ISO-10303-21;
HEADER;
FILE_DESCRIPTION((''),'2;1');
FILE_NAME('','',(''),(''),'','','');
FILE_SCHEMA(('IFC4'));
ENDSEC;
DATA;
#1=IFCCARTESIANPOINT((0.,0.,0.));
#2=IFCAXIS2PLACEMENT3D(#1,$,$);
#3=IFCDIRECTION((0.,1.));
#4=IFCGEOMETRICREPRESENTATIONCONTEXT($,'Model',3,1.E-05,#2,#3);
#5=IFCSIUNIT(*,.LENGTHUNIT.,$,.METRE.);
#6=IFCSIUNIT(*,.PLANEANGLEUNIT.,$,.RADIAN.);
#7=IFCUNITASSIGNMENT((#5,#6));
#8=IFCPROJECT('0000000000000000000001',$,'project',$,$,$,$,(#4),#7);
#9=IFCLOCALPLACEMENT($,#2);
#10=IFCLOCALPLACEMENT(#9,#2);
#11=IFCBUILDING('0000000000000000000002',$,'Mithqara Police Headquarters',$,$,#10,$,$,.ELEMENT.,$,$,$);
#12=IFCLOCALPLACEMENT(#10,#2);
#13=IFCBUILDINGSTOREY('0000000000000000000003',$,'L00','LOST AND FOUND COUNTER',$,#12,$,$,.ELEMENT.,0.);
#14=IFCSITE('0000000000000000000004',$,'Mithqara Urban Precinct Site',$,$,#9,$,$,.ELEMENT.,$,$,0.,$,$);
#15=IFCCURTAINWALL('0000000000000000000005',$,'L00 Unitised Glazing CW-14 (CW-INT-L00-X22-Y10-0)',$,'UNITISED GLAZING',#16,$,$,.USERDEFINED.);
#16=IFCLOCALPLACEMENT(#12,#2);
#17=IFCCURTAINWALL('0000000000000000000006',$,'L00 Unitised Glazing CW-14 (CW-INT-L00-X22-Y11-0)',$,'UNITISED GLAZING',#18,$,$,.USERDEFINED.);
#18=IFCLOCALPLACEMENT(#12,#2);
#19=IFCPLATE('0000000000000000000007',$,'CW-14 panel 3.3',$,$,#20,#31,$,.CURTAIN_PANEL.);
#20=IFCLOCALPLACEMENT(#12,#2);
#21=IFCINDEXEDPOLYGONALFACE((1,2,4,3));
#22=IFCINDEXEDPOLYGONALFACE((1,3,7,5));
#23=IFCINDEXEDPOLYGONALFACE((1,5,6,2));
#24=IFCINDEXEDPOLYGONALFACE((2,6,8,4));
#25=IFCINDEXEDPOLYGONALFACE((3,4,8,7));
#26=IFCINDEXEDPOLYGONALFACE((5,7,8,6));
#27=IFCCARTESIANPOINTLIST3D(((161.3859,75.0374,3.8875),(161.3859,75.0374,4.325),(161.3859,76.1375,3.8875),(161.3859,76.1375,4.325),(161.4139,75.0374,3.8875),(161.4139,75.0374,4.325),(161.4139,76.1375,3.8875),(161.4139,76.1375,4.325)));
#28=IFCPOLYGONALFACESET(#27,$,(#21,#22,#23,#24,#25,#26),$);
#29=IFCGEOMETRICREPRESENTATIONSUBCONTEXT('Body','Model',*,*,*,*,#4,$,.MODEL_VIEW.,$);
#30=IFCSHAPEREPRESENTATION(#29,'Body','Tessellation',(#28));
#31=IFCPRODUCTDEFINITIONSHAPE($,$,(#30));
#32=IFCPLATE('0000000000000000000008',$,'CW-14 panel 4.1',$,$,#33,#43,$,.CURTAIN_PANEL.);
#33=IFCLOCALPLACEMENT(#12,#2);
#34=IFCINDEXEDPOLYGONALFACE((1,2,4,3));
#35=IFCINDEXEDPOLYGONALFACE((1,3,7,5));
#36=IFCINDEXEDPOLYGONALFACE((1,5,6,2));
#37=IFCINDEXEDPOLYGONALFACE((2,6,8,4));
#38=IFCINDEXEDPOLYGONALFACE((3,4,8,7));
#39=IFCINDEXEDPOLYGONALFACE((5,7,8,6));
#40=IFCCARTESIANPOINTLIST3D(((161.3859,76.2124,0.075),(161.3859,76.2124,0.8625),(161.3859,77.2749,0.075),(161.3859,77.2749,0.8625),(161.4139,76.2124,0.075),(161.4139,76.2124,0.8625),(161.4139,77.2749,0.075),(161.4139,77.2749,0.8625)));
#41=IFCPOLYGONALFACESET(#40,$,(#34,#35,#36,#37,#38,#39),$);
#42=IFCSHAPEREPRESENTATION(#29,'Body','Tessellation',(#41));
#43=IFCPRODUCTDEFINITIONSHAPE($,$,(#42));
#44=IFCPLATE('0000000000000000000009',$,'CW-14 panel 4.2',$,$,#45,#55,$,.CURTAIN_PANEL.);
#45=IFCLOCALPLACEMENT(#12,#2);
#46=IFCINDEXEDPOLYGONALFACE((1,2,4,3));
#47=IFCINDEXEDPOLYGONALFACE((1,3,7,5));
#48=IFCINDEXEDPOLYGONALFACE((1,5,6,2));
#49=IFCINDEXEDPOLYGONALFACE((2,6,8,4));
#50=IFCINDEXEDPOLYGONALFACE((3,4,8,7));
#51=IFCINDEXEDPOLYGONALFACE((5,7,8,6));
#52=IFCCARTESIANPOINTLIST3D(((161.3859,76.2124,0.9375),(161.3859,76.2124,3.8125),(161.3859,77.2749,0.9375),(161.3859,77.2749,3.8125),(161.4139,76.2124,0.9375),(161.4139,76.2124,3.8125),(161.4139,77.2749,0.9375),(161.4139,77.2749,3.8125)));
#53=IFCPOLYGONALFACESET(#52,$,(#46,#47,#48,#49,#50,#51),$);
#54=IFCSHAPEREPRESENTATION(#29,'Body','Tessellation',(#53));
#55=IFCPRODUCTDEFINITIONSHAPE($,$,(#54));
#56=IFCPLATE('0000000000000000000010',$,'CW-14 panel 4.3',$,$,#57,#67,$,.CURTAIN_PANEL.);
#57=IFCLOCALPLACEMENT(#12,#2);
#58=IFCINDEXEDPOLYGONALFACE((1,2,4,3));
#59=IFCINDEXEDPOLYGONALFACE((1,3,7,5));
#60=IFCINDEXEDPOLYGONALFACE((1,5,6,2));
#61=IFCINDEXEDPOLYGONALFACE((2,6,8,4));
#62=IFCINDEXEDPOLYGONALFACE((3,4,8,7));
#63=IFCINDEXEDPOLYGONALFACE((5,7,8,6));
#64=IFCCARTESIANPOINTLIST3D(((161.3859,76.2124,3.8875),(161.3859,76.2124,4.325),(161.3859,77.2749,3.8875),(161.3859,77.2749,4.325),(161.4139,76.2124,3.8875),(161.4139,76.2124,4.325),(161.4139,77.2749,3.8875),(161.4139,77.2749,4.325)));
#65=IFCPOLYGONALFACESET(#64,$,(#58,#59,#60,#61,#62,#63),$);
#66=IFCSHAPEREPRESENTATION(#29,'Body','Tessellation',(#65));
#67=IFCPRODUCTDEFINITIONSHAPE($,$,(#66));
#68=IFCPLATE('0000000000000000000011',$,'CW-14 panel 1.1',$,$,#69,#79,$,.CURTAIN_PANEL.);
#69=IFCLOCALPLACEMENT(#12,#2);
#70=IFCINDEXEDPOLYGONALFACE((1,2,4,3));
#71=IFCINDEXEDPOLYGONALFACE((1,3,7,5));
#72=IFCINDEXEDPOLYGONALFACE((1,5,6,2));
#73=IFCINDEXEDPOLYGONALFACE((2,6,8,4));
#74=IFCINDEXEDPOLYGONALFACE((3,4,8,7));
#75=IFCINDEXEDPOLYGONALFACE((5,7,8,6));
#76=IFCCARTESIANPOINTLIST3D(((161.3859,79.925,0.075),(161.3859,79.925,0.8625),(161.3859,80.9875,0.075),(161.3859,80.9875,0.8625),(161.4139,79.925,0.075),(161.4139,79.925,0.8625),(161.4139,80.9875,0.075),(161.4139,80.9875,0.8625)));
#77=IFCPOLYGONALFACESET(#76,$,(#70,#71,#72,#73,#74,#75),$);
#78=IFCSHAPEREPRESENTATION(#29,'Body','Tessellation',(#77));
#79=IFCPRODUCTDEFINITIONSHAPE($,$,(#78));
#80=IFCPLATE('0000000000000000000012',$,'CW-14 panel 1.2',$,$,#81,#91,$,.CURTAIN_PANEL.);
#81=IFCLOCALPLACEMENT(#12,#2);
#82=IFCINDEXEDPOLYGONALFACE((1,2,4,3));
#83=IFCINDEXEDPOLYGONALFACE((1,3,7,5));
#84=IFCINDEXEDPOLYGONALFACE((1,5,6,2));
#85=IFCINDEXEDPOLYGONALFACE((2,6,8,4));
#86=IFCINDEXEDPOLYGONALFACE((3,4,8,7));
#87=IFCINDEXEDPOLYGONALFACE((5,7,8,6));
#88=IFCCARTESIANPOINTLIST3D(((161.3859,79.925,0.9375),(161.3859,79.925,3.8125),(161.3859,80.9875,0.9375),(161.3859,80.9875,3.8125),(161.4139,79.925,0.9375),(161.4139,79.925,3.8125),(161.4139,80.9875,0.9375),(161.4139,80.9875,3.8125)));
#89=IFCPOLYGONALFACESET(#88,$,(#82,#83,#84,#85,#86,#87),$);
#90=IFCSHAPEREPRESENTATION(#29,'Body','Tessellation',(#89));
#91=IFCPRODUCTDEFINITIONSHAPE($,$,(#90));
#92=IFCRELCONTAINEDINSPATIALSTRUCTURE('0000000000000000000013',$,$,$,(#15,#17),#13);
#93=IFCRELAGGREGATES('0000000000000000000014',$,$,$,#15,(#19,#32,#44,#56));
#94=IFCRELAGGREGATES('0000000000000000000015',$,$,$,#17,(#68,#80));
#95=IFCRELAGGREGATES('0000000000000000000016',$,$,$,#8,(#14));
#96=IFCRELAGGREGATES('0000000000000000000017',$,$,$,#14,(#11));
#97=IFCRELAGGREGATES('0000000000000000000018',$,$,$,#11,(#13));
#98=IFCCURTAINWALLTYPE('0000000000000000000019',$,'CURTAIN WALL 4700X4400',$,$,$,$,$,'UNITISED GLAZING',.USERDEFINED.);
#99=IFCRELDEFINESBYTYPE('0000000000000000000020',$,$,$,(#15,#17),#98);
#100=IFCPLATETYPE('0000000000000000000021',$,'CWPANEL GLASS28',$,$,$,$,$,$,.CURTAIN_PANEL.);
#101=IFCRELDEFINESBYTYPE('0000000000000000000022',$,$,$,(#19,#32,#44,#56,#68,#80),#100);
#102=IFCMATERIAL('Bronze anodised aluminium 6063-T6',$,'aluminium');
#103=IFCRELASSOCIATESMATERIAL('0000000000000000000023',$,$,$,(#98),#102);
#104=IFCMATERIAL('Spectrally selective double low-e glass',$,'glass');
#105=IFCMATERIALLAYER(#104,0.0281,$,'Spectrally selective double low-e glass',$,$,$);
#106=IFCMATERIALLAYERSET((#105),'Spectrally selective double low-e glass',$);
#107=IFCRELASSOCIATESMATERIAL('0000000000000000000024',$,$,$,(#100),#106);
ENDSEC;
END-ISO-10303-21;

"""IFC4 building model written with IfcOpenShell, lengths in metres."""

from ifc_helpers import new_model, si_unit, direction, frame, origin, origin_2d, place, context, subcontext, project, spatial, rectangle, extrude, material, layer, layer_set, type_object, element, aggregate, save


model = new_model("IFC4")

# Units and contexts
model_context = context("Model", 3, precision=1e-05, world=origin(), true_north=direction((0.0, 1.0)))
body_context = subcontext(model_context, "Body", "Model", "MODEL_VIEW")
ifc_project = project(units=[si_unit("LENGTHUNIT", "METRE"), si_unit("PLANEANGLEUNIT", "RADIAN")], contexts=[model_context])

# Site, building, storey
site_placement = place(None, origin())
site = spatial("IfcSite", under=ifc_project, at=site_placement, Name="Mithqara Urban Precinct Site", CompositionType="ELEMENT", RefElevation=0.0)
building_placement = place(site_placement, origin())
building = spatial("IfcBuilding", under=site, at=building_placement, Name="Mithqara Police Headquarters", CompositionType="ELEMENT")
storey_placement = place(building_placement, origin())
storey = spatial("IfcBuildingStorey", under=building, at=storey_placement, Name="L00", Description="LOST AND FOUND COUNTER", CompositionType="ELEMENT", Elevation=0.0)

# Curtain wall
ifc_material_1 = material(Name="Bronze anodised aluminium 6063-T6", Category="aluminium")
curtain_wall_type = type_object("IfcCurtainWallType", Name="CURTAIN WALL 4700X4400", ElementType="UNITISED GLAZING", PredefinedType="USERDEFINED", material=ifc_material_1)
curtain_wall_1_placement = place(storey_placement, origin())
curtain_wall_1 = element("IfcCurtainWall", 1, at=curtain_wall_1_placement, inside=storey, type_object=curtain_wall_type, Name="L00 Unitised Glazing CW-14 (CW-INT-L00-X22-Y10-0)", ObjectType="UNITISED GLAZING", PredefinedType="USERDEFINED")

# Curtain wall
curtain_wall_2_placement = place(storey_placement, origin())
curtain_wall_2 = element("IfcCurtainWall", 2, at=curtain_wall_2_placement, inside=storey, type_object=curtain_wall_type, Name="L00 Unitised Glazing CW-14 (CW-INT-L00-X22-Y11-0)", ObjectType="UNITISED GLAZING", PredefinedType="USERDEFINED")

# Plates
ifc_material_2 = material(Name="Spectrally selective double low-e glass", Category="glass")
ifc_layer = layer(ifc_material_2, 0.0281, Name="Spectrally selective double low-e glass")
ifc_layer_set = layer_set([ifc_layer], Name="Spectrally selective double low-e glass")
plate_type = type_object("IfcPlateType", Name="CWPANEL GLASS28", PredefinedType="CURTAIN_PANEL", material=ifc_layer_set)
plate_1_placement = place(storey_placement, frame((161.3999, 75.5874, 3.8875), z_axis=(0.0, 0.0, 1.0), x_axis=(0.0, 1.0, 0.0)))
plate_1 = element("IfcPlate", 3, at=plate_1_placement, type_object=plate_type, Name="CW-14 panel 3.3", PredefinedType="CURTAIN_PANEL", context=body_context, shape_type="SweptSolid", body=[
    extrude(rectangle(XDim=1.1001, YDim=0.0281, at=origin_2d()), origin(), (0.0, 0.0, 1.0), 0.4375),
])
plate_2_placement = place(storey_placement, frame((161.3999, 76.7437, 0.075), z_axis=(0.0, 0.0, 1.0), x_axis=(0.0, 1.0, 0.0)))
plate_2 = element("IfcPlate", 4, at=plate_2_placement, type_object=plate_type, Name="CW-14 panel 4.1", PredefinedType="CURTAIN_PANEL", context=body_context, shape_type="SweptSolid", body=[
    extrude(rectangle(XDim=1.0625, YDim=0.0281, at=origin_2d()), origin(), (0.0, 0.0, 1.0), 0.7876),
])
plate_3_placement = place(storey_placement, frame((161.3999, 76.7437, 0.9375), z_axis=(0.0, 0.0, 1.0), x_axis=(0.0, 1.0, 0.0)))
plate_3 = element("IfcPlate", 5, at=plate_3_placement, type_object=plate_type, Name="CW-14 panel 4.2", PredefinedType="CURTAIN_PANEL", context=body_context, shape_type="SweptSolid", body=[
    extrude(rectangle(XDim=1.0625, YDim=0.0281, at=origin_2d()), origin(), (0.0, 0.0, 1.0), 2.875),
])
plate_4_placement = place(storey_placement, frame((161.3999, 76.7437, 3.8875), z_axis=(0.0, 0.0, 1.0), x_axis=(0.0, 1.0, 0.0)))
plate_4 = element("IfcPlate", 6, at=plate_4_placement, type_object=plate_type, Name="CW-14 panel 4.3", PredefinedType="CURTAIN_PANEL", context=body_context, shape_type="SweptSolid", body=[
    extrude(rectangle(XDim=1.0625, YDim=0.0281, at=origin_2d()), origin(), (0.0, 0.0, 1.0), 0.4375),
])
aggregate(curtain_wall_1, [plate_1, plate_2, plate_3, plate_4])
plate_5_placement = place(storey_placement, frame((161.3999, 80.4563, 0.075), z_axis=(0.0, 0.0, 1.0), x_axis=(0.0, 1.0, 0.0)))
plate_5 = element("IfcPlate", 7, at=plate_5_placement, type_object=plate_type, Name="CW-14 panel 1.1", PredefinedType="CURTAIN_PANEL", context=body_context, shape_type="SweptSolid", body=[
    extrude(rectangle(XDim=1.0625, YDim=0.0281, at=origin_2d()), origin(), (0.0, 0.0, 1.0), 0.7876),
])
plate_6_placement = place(storey_placement, frame((161.3999, 80.4563, 0.9375), z_axis=(0.0, 0.0, 1.0), x_axis=(0.0, 1.0, 0.0)))
plate_6 = element("IfcPlate", 8, at=plate_6_placement, type_object=plate_type, Name="CW-14 panel 1.2", PredefinedType="CURTAIN_PANEL", context=body_context, shape_type="SweptSolid", body=[
    extrude(rectangle(XDim=1.0625, YDim=0.0281, at=origin_2d()), origin(), (0.0, 0.0, 1.0), 2.875),
])
aggregate(curtain_wall_2, [plate_5, plate_6])

save(model, "model.ifc")
